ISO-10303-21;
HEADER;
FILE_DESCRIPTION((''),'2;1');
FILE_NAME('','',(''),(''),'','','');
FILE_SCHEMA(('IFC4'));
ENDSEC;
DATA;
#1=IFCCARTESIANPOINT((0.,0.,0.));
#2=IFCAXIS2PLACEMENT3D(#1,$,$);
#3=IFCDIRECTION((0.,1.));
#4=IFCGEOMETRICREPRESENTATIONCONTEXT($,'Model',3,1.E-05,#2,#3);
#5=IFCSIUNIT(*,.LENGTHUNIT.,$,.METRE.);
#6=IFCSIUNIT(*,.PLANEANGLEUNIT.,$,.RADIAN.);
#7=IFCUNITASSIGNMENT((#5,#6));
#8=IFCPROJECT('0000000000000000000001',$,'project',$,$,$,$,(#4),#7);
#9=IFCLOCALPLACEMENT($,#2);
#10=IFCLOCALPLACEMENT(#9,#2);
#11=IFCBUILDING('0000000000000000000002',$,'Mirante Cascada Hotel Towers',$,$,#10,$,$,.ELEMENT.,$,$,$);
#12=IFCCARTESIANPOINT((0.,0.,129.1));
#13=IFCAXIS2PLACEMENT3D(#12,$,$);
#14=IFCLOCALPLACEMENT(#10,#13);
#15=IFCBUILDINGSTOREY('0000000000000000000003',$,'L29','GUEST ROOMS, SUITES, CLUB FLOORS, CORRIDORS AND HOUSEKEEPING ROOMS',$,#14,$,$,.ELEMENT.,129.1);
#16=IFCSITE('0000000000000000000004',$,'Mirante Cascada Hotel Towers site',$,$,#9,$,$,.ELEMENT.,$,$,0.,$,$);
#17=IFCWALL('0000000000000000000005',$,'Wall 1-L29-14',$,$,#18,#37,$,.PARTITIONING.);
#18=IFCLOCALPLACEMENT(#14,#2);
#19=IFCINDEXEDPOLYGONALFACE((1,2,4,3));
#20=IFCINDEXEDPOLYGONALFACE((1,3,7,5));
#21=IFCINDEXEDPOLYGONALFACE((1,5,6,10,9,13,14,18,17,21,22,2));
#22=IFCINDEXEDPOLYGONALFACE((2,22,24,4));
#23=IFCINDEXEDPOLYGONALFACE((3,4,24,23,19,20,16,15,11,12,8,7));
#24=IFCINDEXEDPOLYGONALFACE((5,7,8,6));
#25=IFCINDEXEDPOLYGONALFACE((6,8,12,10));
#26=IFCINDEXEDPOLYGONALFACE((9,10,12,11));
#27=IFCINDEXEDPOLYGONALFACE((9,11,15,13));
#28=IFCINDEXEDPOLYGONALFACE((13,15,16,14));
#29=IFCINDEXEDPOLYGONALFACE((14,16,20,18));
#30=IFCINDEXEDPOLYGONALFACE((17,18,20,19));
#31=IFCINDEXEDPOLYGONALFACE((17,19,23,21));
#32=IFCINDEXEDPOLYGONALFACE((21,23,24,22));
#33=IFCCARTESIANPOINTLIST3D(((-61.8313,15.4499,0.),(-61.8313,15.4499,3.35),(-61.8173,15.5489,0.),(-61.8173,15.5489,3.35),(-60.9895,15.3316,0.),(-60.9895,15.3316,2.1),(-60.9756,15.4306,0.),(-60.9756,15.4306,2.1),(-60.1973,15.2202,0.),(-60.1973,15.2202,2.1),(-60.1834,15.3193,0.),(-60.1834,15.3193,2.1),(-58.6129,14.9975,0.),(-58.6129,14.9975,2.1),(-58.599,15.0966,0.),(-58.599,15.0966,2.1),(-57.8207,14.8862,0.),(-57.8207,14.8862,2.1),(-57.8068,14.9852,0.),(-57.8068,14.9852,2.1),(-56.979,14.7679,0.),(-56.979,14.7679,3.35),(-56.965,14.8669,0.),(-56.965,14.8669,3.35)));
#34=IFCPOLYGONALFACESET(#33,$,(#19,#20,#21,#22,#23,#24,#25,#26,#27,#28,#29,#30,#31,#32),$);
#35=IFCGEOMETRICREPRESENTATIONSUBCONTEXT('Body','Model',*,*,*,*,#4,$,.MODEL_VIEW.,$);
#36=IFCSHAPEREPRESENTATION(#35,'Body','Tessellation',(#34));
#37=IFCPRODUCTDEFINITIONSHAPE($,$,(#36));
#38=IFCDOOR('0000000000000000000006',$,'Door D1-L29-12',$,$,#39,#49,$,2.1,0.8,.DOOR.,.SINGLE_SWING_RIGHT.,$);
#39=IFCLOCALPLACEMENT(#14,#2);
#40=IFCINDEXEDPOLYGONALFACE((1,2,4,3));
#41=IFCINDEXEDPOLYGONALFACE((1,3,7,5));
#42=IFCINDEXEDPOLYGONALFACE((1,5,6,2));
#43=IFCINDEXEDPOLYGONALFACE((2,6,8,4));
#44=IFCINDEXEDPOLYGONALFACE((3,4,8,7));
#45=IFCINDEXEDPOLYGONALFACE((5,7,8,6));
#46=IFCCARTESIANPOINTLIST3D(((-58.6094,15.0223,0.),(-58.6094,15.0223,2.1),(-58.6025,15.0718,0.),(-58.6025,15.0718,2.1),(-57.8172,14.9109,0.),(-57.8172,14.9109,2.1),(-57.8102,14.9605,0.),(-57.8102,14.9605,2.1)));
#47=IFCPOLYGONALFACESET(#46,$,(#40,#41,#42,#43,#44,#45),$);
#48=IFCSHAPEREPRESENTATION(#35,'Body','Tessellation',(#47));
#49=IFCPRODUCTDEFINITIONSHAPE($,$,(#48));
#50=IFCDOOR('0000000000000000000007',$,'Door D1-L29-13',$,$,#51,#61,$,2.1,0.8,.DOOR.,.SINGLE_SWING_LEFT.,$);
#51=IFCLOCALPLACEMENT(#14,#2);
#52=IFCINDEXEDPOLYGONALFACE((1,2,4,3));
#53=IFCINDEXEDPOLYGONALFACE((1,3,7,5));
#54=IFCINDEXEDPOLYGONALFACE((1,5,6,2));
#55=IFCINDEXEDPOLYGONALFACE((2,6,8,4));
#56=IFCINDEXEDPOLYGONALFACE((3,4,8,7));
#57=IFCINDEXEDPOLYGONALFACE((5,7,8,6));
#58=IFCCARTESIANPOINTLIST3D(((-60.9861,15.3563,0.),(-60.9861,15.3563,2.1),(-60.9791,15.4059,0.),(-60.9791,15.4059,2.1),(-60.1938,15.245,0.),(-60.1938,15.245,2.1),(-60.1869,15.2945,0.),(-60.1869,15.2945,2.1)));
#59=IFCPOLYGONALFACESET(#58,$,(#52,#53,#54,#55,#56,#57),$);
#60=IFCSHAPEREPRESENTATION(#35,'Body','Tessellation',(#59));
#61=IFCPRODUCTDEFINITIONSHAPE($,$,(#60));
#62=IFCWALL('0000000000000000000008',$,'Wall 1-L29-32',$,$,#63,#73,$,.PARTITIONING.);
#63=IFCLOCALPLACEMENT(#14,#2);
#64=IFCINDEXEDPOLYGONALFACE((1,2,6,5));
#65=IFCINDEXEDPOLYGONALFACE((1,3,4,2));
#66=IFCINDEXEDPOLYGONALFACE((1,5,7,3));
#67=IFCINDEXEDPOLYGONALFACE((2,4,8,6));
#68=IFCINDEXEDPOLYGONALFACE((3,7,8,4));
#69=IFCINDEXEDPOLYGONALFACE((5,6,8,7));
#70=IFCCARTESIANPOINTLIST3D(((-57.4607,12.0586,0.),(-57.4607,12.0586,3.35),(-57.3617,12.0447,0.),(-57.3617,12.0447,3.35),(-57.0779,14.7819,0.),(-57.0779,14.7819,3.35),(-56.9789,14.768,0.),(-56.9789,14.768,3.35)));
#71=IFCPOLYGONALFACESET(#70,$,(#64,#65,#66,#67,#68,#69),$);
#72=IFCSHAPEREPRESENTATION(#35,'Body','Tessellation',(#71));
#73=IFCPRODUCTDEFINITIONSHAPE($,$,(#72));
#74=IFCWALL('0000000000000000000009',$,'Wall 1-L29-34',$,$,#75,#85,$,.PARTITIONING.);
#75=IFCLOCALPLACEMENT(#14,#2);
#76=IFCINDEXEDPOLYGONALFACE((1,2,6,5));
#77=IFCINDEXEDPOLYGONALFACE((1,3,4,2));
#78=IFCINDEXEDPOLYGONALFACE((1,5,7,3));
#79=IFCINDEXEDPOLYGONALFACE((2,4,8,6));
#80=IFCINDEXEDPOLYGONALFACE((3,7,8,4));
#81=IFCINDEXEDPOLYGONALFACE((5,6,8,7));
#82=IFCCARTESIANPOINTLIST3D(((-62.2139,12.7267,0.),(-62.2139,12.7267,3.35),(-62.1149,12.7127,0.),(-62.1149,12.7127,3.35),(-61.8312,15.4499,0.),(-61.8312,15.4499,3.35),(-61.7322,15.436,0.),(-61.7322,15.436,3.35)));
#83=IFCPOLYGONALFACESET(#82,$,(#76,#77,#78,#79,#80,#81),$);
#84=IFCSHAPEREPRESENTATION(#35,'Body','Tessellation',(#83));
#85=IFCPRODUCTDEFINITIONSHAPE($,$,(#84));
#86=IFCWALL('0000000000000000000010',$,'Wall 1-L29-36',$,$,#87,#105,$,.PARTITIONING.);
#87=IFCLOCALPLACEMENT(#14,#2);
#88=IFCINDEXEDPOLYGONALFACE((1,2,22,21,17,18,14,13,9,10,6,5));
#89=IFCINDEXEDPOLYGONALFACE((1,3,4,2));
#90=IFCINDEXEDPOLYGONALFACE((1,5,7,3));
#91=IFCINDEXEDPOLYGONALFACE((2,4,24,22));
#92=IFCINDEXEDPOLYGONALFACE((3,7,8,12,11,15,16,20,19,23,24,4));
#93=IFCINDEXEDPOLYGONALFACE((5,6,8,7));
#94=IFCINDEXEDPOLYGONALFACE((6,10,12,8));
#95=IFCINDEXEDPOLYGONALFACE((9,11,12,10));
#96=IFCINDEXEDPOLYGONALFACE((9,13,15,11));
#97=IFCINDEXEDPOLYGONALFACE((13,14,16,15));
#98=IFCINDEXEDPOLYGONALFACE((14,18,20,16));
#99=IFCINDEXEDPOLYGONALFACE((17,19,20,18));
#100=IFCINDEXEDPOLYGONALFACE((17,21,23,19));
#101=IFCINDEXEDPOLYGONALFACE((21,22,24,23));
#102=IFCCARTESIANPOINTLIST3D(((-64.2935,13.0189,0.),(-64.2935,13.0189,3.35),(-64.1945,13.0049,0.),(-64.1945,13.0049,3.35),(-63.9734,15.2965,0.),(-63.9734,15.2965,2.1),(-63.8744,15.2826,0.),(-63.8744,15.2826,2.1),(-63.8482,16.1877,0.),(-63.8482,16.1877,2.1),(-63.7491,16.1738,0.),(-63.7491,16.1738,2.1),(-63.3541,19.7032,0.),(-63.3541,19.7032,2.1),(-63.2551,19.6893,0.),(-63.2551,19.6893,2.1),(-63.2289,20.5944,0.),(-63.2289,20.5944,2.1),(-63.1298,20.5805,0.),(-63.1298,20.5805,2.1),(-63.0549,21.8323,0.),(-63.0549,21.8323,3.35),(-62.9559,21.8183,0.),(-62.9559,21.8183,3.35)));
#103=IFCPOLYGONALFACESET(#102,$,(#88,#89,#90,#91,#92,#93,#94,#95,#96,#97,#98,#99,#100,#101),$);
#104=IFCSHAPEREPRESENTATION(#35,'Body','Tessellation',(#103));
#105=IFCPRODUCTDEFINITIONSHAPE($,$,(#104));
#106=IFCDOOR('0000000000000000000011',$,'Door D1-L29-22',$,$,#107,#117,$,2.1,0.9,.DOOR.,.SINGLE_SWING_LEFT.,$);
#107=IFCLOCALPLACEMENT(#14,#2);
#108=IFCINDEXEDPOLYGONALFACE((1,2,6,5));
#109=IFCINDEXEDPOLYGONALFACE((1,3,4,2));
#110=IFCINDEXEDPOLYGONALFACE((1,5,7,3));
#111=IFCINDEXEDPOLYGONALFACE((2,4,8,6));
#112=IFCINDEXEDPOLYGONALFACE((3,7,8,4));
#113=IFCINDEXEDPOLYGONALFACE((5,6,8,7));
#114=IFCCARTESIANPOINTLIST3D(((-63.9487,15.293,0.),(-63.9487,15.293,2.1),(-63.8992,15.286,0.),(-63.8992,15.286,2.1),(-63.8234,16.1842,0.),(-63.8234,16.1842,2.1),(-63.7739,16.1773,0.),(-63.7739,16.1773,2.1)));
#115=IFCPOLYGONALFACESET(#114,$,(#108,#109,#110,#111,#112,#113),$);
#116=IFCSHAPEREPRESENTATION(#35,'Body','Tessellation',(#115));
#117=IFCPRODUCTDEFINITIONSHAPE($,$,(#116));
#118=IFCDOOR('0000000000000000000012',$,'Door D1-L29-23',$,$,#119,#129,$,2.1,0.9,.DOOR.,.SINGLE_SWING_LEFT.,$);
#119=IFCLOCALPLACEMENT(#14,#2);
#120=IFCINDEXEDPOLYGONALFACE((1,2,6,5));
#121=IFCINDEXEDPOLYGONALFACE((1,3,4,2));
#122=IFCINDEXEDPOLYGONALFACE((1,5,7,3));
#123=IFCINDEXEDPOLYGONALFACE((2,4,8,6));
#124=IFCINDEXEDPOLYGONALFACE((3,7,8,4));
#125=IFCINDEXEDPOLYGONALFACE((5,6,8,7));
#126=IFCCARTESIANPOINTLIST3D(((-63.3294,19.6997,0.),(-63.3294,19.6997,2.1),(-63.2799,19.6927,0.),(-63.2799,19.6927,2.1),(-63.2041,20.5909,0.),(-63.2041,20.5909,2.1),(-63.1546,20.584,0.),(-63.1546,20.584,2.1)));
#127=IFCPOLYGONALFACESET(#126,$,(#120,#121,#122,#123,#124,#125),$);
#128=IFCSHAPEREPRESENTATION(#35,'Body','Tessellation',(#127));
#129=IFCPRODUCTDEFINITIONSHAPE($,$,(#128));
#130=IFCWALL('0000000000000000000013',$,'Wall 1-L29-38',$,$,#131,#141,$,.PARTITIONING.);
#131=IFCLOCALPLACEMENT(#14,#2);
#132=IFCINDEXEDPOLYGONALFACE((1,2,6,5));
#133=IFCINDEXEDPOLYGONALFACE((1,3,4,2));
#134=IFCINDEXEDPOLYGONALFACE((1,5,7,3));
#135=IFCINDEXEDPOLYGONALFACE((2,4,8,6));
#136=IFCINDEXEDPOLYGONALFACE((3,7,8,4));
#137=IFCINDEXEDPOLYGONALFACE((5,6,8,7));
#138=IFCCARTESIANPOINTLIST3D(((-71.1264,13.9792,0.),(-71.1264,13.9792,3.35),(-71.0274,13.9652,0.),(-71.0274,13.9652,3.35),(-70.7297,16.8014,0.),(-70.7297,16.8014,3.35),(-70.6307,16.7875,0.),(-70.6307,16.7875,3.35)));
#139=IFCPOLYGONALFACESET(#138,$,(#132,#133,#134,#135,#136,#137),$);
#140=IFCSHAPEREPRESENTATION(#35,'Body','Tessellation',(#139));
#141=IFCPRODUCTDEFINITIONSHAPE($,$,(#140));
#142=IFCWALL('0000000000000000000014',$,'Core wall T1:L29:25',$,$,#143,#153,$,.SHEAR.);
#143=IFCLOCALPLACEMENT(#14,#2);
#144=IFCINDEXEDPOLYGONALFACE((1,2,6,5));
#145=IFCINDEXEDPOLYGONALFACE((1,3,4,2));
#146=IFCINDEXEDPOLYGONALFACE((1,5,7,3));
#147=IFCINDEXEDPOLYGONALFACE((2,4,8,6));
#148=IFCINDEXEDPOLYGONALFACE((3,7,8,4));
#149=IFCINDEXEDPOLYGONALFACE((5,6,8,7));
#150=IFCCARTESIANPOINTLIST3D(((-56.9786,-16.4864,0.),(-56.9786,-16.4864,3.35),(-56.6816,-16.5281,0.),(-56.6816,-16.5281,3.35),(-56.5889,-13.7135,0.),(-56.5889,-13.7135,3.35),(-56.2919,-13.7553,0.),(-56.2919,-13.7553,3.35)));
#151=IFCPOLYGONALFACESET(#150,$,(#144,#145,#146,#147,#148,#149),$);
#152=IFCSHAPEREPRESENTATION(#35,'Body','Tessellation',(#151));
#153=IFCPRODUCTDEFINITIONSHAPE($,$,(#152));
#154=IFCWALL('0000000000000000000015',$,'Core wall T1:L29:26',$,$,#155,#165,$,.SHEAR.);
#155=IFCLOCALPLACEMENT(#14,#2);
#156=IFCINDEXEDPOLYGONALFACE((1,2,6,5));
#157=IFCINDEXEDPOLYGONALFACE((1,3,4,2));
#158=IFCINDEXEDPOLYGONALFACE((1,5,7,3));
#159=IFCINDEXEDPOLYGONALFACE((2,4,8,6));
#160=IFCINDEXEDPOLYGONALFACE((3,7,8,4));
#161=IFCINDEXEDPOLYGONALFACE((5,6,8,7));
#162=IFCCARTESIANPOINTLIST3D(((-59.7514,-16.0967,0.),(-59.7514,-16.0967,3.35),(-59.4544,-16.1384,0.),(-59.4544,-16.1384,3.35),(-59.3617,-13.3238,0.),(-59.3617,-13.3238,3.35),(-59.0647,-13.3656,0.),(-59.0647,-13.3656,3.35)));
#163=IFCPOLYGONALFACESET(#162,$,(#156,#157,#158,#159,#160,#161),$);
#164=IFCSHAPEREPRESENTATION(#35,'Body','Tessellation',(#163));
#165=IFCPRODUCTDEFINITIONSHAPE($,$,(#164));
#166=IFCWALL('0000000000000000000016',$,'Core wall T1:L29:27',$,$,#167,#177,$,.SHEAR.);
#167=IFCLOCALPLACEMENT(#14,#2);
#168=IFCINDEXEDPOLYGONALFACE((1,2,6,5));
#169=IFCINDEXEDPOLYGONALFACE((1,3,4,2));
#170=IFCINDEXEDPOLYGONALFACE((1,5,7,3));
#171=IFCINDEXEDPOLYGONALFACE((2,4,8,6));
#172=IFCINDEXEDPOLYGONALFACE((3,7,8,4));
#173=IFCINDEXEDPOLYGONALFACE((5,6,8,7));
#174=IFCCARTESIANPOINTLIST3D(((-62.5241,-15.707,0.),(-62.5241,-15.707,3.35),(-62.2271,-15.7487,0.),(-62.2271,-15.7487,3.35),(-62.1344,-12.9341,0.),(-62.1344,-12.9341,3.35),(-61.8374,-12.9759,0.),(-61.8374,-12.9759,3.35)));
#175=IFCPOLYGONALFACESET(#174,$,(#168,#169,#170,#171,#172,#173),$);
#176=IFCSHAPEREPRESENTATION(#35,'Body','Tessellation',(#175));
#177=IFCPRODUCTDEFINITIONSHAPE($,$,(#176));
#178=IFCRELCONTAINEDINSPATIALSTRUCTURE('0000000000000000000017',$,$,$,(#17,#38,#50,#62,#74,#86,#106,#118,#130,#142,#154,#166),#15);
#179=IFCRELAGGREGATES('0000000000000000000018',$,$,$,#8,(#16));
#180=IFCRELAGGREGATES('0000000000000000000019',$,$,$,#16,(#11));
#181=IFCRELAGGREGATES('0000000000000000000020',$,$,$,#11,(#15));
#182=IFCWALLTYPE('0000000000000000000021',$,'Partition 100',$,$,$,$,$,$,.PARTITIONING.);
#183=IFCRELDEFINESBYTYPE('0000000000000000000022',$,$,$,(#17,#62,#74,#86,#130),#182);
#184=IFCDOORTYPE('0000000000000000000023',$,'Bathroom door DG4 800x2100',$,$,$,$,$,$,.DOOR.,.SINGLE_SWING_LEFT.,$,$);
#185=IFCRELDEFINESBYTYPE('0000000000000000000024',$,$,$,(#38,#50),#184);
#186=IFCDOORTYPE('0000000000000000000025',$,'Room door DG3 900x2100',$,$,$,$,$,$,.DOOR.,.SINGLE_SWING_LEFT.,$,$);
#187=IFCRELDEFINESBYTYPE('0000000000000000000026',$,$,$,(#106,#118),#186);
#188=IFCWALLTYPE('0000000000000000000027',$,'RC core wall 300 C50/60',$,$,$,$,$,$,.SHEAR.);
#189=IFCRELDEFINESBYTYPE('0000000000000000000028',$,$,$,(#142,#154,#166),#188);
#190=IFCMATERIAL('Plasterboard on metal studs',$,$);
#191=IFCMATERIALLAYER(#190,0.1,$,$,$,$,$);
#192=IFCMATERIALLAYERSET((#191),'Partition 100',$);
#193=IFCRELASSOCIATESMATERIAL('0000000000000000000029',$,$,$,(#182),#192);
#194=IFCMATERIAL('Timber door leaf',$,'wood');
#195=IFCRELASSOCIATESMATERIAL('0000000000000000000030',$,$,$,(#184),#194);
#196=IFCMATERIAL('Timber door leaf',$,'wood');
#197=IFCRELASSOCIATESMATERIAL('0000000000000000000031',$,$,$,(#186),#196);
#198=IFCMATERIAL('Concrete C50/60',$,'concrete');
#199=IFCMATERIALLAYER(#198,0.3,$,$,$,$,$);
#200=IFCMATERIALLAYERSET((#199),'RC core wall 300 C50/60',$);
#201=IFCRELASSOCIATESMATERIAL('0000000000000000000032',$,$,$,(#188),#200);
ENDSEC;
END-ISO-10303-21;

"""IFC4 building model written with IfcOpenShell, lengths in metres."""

from ifc_helpers import new_model, si_unit, direction, frame, frame_2d, origin, place, context, subcontext, project, spatial, rectangle, extrude, material, layer, layer_set, type_object, element, fill, save


model = new_model("IFC4")

# Units and contexts
model_context = context("Model", 3, precision=1e-05, world=origin(), true_north=direction((0.0, 1.0)))
body_context = subcontext(model_context, "Body", "Model", "MODEL_VIEW")
ifc_project = project(units=[si_unit("LENGTHUNIT", "METRE"), si_unit("PLANEANGLEUNIT", "RADIAN")], contexts=[model_context])

# Site, building, storey
site_placement = place(None, origin())
site = spatial("IfcSite", under=ifc_project, at=site_placement, Name="Mirante Cascada Hotel Towers site", CompositionType="ELEMENT", RefElevation=0.0)
building_placement = place(site_placement, origin())
building = spatial("IfcBuilding", under=site, at=building_placement, Name="Mirante Cascada Hotel Towers", CompositionType="ELEMENT")
storey_placement = place(building_placement, frame((0.0, 0.0, 129.1)))
storey = spatial("IfcBuildingStorey", under=building, at=storey_placement, Name="L29", Description="GUEST ROOMS, SUITES, CLUB FLOORS, CORRIDORS AND HOUSEKEEPING ROOMS", CompositionType="ELEMENT", Elevation=129.1)

# Wall, openings, doors
ifc_material_1 = material(Name="Plasterboard on metal studs")
ifc_layer_1 = layer(ifc_material_1, 0.1)
ifc_layer_set_1 = layer_set([ifc_layer_1], Name="Partition 100")
wall_type_1 = type_object("IfcWallType", Name="Partition 100", PredefinedType="PARTITIONING", material=ifc_layer_set_1)
wall_1_placement = place(storey_placement, frame((-56.972, 14.8174, 0.0), z_axis=(0.0, 0.0, 1.0), x_axis=(-0.990267, 0.139184, 0.0)))
wall_1 = element("IfcWall", 1, at=wall_1_placement, inside=storey, type_object=wall_type_1, Name="Wall 1-L29-14", PredefinedType="PARTITIONING", context=body_context, shape_type="SweptSolid", body=[
    extrude(rectangle(XDim=4.9, YDim=0.1, at=frame_2d((2.45, 0.0))), origin(), (0.0, 0.0, 1.0), 3.35),
])
opening_1_placement = place(wall_1_placement, frame((0.85, 0.0, 0.0)))
opening_1 = element("IfcOpeningElement", 2, at=opening_1_placement, cuts=wall_1, PredefinedType="OPENING", context=body_context, shape_type="SweptSolid", body=[
    extrude(rectangle(XDim=0.8, YDim=2.1, at=frame_2d((0.4, 1.05))), frame((0.0, 0.05, 0.0), z_axis=(0.0, -1.0, 0.0), x_axis=(1.0, 0.0, 0.0)), (0.0, 0.0, 1.0), 0.1),
])
opening_2_placement = place(wall_1_placement, frame((3.25, 0.0, 0.0)))
opening_2 = element("IfcOpeningElement", 3, at=opening_2_placement, cuts=wall_1, PredefinedType="OPENING", context=body_context, shape_type="SweptSolid", body=[
    extrude(rectangle(XDim=0.8, YDim=2.1, at=frame_2d((0.4, 1.05))), frame((0.0, 0.05, 0.0), z_axis=(0.0, -1.0, 0.0), x_axis=(1.0, 0.0, 0.0)), (0.0, 0.0, 1.0), 0.1),
])
ifc_material_2 = material(Name="Timber door leaf", Category="wood")
door_type_1 = type_object("IfcDoorType", Name="Bathroom door DG4 800x2100", OperationType="SINGLE_SWING_LEFT", PredefinedType="DOOR", material=ifc_material_2)
door_1_placement = place(opening_1_placement, frame((0.8, 0.0, 0.0), z_axis=(0.0, 0.0, 1.0), x_axis=(-1.0, 0.0, 0.0)))
door_1 = element("IfcDoor", 4, at=door_1_placement, inside=storey, type_object=door_type_1, Name="Door D1-L29-12", OperationType="SINGLE_SWING_RIGHT", OverallHeight=2.1, OverallWidth=0.8, PredefinedType="DOOR", context=body_context, shape_type="SweptSolid", body=[
    extrude(rectangle(XDim=0.8, YDim=2.1, at=frame_2d((0.4, 1.05))), frame((0.0, 0.025, 0.0), z_axis=(0.0, -1.0, 0.0), x_axis=(1.0, 0.0, 0.0)), (0.0, 0.0, 1.0), 0.05),
])
fill(opening_1, door_1)
door_2_placement = place(opening_2_placement, origin())
door_2 = element("IfcDoor", 5, at=door_2_placement, inside=storey, type_object=door_type_1, Name="Door D1-L29-13", OperationType="SINGLE_SWING_LEFT", OverallHeight=2.1, OverallWidth=0.8, PredefinedType="DOOR", context=body_context, shape_type="SweptSolid", body=[
    extrude(rectangle(XDim=0.8, YDim=2.1, at=frame_2d((0.4, 1.05))), frame((0.0, 0.025, 0.0), z_axis=(0.0, -1.0, 0.0), x_axis=(1.0, 0.0, 0.0)), (0.0, 0.0, 1.0), 0.05),
])
fill(opening_2, door_2)

# Walls
wall_2_placement = place(storey_placement, frame((-57.4112, 12.0516, 0.0), z_axis=(0.0, 0.0, 1.0), x_axis=(0.139196, 0.990265, 0.0)))
element("IfcWall", 6, at=wall_2_placement, inside=storey, type_object=wall_type_1, Name="Wall 1-L29-32", PredefinedType="PARTITIONING", context=body_context, shape_type="SweptSolid", body=[
    extrude(rectangle(XDim=2.7501, YDim=0.1, at=frame_2d((1.3751, 0.0))), origin(), (0.0, 0.0, 1.0), 3.35),
])
wall_3_placement = place(storey_placement, frame((-62.1644, 12.7197, 0.0), z_axis=(0.0, 0.0, 1.0), x_axis=(0.139166, 0.990269, 0.0)))
element("IfcWall", 7, at=wall_3_placement, inside=storey, type_object=wall_type_1, Name="Wall 1-L29-34", PredefinedType="PARTITIONING", context=body_context, shape_type="SweptSolid", body=[
    extrude(rectangle(XDim=2.75, YDim=0.1, at=frame_2d((1.375, 0.0))), origin(), (0.0, 0.0, 1.0), 3.35),
])

# Wall, openings, doors
wall_4_placement = place(storey_placement, frame((-64.244, 13.0119, 0.0), z_axis=(0.0, 0.0, 1.0), x_axis=(0.139168, 0.990269, 0.0)))
wall_4 = element("IfcWall", 8, at=wall_4_placement, inside=storey, type_object=wall_type_1, Name="Wall 1-L29-36", PredefinedType="PARTITIONING", context=body_context, shape_type="SweptSolid", body=[
    extrude(rectangle(XDim=8.9, YDim=0.1, at=frame_2d((4.45, 0.0))), origin(), (0.0, 0.0, 1.0), 3.35),
])
opening_3_placement = place(wall_4_placement, frame((2.3, 0.0, 0.0)))
opening_3 = element("IfcOpeningElement", 9, at=opening_3_placement, cuts=wall_4, PredefinedType="OPENING", context=body_context, shape_type="SweptSolid", body=[
    extrude(rectangle(XDim=0.9, YDim=2.1, at=frame_2d((0.45, 1.05))), frame((0.0, 0.05, 0.0), z_axis=(0.0, -1.0, 0.0), x_axis=(1.0, 0.0, 0.0)), (0.0, 0.0, 1.0), 0.1),
])
opening_4_placement = place(wall_4_placement, frame((6.75, 0.0, 0.0)))
opening_4 = element("IfcOpeningElement", 10, at=opening_4_placement, cuts=wall_4, PredefinedType="OPENING", context=body_context, shape_type="SweptSolid", body=[
    extrude(rectangle(XDim=0.9, YDim=2.1, at=frame_2d((0.45, 1.05))), frame((0.0, 0.05, 0.0), z_axis=(0.0, -1.0, 0.0), x_axis=(1.0, 0.0, 0.0)), (0.0, 0.0, 1.0), 0.1),
])
ifc_material_3 = material(Name="Timber door leaf", Category="wood")
door_type_2 = type_object("IfcDoorType", Name="Room door DG3 900x2100", OperationType="SINGLE_SWING_LEFT", PredefinedType="DOOR", material=ifc_material_3)
door_3_placement = place(opening_3_placement, origin())
door_3 = element("IfcDoor", 11, at=door_3_placement, inside=storey, type_object=door_type_2, Name="Door D1-L29-22", OperationType="SINGLE_SWING_LEFT", OverallHeight=2.1, OverallWidth=0.9, PredefinedType="DOOR", context=body_context, shape_type="SweptSolid", body=[
    extrude(rectangle(XDim=0.9, YDim=2.1, at=frame_2d((0.45, 1.05))), frame((0.0, 0.025, 0.0), z_axis=(0.0, -1.0, 0.0), x_axis=(1.0, 0.0, 0.0)), (0.0, 0.0, 1.0), 0.05),
])
fill(opening_3, door_3)
door_4_placement = place(opening_4_placement, origin())
door_4 = element("IfcDoor", 12, at=door_4_placement, inside=storey, type_object=door_type_2, Name="Door D1-L29-23", OperationType="SINGLE_SWING_LEFT", OverallHeight=2.1, OverallWidth=0.9, PredefinedType="DOOR", context=body_context, shape_type="SweptSolid", body=[
    extrude(rectangle(XDim=0.9, YDim=2.1, at=frame_2d((0.45, 1.05))), frame((0.0, 0.025, 0.0), z_axis=(0.0, -1.0, 0.0), x_axis=(1.0, 0.0, 0.0)), (0.0, 0.0, 1.0), 0.05),
])
fill(opening_4, door_4)

# Walls
wall_5_placement = place(storey_placement, frame((-71.0769, 13.9722, 0.0), z_axis=(0.0, 0.0, 1.0), x_axis=(0.139191, 0.990266, 0.0)))
element("IfcWall", 13, at=wall_5_placement, inside=storey, type_object=wall_type_1, Name="Wall 1-L29-38", PredefinedType="PARTITIONING", context=body_context, shape_type="SweptSolid", body=[
    extrude(rectangle(XDim=2.85, YDim=0.1, at=frame_2d((1.425, 0.0))), origin(), (0.0, 0.0, 1.0), 3.35),
])
ifc_material_4 = material(Name="Concrete C50/60", Category="concrete")
ifc_layer_2 = layer(ifc_material_4, 0.3)
ifc_layer_set_2 = layer_set([ifc_layer_2], Name="RC core wall 300 C50/60")
wall_type_2 = type_object("IfcWallType", Name="RC core wall 300 C50/60", PredefinedType="SHEAR", material=ifc_layer_set_2)
for number, where, z_axis, x_axis, name in (
    (14, (-56.8301, -16.5072, 0.0), (0.0, 0.0, 1.0), (0.139176, 0.990268, 0.0), "Core wall T1:L29:25"),
    (15, (-59.6029, -16.1175, 0.0), (0.0, 0.0, 1.0), (0.139176, 0.990268, 0.0), "Core wall T1:L29:26"),
    (16, (-62.3756, -15.7278, 0.0), (0.0, 0.0, 1.0), (0.139176, 0.990268, 0.0), "Core wall T1:L29:27"),
):
    element("IfcWall", number, at=place(storey_placement, frame(where, z_axis=z_axis, x_axis=x_axis)), inside=storey, type_object=wall_type_2, Name=name, PredefinedType="SHEAR", context=body_context, shape_type="SweptSolid", body=[
        extrude(rectangle(XDim=2.8001, YDim=0.3, at=frame_2d((1.4, 0.0))), origin(), (0.0, 0.0, 1.0), 3.35),
    ])

save(model, "model.ifc")
